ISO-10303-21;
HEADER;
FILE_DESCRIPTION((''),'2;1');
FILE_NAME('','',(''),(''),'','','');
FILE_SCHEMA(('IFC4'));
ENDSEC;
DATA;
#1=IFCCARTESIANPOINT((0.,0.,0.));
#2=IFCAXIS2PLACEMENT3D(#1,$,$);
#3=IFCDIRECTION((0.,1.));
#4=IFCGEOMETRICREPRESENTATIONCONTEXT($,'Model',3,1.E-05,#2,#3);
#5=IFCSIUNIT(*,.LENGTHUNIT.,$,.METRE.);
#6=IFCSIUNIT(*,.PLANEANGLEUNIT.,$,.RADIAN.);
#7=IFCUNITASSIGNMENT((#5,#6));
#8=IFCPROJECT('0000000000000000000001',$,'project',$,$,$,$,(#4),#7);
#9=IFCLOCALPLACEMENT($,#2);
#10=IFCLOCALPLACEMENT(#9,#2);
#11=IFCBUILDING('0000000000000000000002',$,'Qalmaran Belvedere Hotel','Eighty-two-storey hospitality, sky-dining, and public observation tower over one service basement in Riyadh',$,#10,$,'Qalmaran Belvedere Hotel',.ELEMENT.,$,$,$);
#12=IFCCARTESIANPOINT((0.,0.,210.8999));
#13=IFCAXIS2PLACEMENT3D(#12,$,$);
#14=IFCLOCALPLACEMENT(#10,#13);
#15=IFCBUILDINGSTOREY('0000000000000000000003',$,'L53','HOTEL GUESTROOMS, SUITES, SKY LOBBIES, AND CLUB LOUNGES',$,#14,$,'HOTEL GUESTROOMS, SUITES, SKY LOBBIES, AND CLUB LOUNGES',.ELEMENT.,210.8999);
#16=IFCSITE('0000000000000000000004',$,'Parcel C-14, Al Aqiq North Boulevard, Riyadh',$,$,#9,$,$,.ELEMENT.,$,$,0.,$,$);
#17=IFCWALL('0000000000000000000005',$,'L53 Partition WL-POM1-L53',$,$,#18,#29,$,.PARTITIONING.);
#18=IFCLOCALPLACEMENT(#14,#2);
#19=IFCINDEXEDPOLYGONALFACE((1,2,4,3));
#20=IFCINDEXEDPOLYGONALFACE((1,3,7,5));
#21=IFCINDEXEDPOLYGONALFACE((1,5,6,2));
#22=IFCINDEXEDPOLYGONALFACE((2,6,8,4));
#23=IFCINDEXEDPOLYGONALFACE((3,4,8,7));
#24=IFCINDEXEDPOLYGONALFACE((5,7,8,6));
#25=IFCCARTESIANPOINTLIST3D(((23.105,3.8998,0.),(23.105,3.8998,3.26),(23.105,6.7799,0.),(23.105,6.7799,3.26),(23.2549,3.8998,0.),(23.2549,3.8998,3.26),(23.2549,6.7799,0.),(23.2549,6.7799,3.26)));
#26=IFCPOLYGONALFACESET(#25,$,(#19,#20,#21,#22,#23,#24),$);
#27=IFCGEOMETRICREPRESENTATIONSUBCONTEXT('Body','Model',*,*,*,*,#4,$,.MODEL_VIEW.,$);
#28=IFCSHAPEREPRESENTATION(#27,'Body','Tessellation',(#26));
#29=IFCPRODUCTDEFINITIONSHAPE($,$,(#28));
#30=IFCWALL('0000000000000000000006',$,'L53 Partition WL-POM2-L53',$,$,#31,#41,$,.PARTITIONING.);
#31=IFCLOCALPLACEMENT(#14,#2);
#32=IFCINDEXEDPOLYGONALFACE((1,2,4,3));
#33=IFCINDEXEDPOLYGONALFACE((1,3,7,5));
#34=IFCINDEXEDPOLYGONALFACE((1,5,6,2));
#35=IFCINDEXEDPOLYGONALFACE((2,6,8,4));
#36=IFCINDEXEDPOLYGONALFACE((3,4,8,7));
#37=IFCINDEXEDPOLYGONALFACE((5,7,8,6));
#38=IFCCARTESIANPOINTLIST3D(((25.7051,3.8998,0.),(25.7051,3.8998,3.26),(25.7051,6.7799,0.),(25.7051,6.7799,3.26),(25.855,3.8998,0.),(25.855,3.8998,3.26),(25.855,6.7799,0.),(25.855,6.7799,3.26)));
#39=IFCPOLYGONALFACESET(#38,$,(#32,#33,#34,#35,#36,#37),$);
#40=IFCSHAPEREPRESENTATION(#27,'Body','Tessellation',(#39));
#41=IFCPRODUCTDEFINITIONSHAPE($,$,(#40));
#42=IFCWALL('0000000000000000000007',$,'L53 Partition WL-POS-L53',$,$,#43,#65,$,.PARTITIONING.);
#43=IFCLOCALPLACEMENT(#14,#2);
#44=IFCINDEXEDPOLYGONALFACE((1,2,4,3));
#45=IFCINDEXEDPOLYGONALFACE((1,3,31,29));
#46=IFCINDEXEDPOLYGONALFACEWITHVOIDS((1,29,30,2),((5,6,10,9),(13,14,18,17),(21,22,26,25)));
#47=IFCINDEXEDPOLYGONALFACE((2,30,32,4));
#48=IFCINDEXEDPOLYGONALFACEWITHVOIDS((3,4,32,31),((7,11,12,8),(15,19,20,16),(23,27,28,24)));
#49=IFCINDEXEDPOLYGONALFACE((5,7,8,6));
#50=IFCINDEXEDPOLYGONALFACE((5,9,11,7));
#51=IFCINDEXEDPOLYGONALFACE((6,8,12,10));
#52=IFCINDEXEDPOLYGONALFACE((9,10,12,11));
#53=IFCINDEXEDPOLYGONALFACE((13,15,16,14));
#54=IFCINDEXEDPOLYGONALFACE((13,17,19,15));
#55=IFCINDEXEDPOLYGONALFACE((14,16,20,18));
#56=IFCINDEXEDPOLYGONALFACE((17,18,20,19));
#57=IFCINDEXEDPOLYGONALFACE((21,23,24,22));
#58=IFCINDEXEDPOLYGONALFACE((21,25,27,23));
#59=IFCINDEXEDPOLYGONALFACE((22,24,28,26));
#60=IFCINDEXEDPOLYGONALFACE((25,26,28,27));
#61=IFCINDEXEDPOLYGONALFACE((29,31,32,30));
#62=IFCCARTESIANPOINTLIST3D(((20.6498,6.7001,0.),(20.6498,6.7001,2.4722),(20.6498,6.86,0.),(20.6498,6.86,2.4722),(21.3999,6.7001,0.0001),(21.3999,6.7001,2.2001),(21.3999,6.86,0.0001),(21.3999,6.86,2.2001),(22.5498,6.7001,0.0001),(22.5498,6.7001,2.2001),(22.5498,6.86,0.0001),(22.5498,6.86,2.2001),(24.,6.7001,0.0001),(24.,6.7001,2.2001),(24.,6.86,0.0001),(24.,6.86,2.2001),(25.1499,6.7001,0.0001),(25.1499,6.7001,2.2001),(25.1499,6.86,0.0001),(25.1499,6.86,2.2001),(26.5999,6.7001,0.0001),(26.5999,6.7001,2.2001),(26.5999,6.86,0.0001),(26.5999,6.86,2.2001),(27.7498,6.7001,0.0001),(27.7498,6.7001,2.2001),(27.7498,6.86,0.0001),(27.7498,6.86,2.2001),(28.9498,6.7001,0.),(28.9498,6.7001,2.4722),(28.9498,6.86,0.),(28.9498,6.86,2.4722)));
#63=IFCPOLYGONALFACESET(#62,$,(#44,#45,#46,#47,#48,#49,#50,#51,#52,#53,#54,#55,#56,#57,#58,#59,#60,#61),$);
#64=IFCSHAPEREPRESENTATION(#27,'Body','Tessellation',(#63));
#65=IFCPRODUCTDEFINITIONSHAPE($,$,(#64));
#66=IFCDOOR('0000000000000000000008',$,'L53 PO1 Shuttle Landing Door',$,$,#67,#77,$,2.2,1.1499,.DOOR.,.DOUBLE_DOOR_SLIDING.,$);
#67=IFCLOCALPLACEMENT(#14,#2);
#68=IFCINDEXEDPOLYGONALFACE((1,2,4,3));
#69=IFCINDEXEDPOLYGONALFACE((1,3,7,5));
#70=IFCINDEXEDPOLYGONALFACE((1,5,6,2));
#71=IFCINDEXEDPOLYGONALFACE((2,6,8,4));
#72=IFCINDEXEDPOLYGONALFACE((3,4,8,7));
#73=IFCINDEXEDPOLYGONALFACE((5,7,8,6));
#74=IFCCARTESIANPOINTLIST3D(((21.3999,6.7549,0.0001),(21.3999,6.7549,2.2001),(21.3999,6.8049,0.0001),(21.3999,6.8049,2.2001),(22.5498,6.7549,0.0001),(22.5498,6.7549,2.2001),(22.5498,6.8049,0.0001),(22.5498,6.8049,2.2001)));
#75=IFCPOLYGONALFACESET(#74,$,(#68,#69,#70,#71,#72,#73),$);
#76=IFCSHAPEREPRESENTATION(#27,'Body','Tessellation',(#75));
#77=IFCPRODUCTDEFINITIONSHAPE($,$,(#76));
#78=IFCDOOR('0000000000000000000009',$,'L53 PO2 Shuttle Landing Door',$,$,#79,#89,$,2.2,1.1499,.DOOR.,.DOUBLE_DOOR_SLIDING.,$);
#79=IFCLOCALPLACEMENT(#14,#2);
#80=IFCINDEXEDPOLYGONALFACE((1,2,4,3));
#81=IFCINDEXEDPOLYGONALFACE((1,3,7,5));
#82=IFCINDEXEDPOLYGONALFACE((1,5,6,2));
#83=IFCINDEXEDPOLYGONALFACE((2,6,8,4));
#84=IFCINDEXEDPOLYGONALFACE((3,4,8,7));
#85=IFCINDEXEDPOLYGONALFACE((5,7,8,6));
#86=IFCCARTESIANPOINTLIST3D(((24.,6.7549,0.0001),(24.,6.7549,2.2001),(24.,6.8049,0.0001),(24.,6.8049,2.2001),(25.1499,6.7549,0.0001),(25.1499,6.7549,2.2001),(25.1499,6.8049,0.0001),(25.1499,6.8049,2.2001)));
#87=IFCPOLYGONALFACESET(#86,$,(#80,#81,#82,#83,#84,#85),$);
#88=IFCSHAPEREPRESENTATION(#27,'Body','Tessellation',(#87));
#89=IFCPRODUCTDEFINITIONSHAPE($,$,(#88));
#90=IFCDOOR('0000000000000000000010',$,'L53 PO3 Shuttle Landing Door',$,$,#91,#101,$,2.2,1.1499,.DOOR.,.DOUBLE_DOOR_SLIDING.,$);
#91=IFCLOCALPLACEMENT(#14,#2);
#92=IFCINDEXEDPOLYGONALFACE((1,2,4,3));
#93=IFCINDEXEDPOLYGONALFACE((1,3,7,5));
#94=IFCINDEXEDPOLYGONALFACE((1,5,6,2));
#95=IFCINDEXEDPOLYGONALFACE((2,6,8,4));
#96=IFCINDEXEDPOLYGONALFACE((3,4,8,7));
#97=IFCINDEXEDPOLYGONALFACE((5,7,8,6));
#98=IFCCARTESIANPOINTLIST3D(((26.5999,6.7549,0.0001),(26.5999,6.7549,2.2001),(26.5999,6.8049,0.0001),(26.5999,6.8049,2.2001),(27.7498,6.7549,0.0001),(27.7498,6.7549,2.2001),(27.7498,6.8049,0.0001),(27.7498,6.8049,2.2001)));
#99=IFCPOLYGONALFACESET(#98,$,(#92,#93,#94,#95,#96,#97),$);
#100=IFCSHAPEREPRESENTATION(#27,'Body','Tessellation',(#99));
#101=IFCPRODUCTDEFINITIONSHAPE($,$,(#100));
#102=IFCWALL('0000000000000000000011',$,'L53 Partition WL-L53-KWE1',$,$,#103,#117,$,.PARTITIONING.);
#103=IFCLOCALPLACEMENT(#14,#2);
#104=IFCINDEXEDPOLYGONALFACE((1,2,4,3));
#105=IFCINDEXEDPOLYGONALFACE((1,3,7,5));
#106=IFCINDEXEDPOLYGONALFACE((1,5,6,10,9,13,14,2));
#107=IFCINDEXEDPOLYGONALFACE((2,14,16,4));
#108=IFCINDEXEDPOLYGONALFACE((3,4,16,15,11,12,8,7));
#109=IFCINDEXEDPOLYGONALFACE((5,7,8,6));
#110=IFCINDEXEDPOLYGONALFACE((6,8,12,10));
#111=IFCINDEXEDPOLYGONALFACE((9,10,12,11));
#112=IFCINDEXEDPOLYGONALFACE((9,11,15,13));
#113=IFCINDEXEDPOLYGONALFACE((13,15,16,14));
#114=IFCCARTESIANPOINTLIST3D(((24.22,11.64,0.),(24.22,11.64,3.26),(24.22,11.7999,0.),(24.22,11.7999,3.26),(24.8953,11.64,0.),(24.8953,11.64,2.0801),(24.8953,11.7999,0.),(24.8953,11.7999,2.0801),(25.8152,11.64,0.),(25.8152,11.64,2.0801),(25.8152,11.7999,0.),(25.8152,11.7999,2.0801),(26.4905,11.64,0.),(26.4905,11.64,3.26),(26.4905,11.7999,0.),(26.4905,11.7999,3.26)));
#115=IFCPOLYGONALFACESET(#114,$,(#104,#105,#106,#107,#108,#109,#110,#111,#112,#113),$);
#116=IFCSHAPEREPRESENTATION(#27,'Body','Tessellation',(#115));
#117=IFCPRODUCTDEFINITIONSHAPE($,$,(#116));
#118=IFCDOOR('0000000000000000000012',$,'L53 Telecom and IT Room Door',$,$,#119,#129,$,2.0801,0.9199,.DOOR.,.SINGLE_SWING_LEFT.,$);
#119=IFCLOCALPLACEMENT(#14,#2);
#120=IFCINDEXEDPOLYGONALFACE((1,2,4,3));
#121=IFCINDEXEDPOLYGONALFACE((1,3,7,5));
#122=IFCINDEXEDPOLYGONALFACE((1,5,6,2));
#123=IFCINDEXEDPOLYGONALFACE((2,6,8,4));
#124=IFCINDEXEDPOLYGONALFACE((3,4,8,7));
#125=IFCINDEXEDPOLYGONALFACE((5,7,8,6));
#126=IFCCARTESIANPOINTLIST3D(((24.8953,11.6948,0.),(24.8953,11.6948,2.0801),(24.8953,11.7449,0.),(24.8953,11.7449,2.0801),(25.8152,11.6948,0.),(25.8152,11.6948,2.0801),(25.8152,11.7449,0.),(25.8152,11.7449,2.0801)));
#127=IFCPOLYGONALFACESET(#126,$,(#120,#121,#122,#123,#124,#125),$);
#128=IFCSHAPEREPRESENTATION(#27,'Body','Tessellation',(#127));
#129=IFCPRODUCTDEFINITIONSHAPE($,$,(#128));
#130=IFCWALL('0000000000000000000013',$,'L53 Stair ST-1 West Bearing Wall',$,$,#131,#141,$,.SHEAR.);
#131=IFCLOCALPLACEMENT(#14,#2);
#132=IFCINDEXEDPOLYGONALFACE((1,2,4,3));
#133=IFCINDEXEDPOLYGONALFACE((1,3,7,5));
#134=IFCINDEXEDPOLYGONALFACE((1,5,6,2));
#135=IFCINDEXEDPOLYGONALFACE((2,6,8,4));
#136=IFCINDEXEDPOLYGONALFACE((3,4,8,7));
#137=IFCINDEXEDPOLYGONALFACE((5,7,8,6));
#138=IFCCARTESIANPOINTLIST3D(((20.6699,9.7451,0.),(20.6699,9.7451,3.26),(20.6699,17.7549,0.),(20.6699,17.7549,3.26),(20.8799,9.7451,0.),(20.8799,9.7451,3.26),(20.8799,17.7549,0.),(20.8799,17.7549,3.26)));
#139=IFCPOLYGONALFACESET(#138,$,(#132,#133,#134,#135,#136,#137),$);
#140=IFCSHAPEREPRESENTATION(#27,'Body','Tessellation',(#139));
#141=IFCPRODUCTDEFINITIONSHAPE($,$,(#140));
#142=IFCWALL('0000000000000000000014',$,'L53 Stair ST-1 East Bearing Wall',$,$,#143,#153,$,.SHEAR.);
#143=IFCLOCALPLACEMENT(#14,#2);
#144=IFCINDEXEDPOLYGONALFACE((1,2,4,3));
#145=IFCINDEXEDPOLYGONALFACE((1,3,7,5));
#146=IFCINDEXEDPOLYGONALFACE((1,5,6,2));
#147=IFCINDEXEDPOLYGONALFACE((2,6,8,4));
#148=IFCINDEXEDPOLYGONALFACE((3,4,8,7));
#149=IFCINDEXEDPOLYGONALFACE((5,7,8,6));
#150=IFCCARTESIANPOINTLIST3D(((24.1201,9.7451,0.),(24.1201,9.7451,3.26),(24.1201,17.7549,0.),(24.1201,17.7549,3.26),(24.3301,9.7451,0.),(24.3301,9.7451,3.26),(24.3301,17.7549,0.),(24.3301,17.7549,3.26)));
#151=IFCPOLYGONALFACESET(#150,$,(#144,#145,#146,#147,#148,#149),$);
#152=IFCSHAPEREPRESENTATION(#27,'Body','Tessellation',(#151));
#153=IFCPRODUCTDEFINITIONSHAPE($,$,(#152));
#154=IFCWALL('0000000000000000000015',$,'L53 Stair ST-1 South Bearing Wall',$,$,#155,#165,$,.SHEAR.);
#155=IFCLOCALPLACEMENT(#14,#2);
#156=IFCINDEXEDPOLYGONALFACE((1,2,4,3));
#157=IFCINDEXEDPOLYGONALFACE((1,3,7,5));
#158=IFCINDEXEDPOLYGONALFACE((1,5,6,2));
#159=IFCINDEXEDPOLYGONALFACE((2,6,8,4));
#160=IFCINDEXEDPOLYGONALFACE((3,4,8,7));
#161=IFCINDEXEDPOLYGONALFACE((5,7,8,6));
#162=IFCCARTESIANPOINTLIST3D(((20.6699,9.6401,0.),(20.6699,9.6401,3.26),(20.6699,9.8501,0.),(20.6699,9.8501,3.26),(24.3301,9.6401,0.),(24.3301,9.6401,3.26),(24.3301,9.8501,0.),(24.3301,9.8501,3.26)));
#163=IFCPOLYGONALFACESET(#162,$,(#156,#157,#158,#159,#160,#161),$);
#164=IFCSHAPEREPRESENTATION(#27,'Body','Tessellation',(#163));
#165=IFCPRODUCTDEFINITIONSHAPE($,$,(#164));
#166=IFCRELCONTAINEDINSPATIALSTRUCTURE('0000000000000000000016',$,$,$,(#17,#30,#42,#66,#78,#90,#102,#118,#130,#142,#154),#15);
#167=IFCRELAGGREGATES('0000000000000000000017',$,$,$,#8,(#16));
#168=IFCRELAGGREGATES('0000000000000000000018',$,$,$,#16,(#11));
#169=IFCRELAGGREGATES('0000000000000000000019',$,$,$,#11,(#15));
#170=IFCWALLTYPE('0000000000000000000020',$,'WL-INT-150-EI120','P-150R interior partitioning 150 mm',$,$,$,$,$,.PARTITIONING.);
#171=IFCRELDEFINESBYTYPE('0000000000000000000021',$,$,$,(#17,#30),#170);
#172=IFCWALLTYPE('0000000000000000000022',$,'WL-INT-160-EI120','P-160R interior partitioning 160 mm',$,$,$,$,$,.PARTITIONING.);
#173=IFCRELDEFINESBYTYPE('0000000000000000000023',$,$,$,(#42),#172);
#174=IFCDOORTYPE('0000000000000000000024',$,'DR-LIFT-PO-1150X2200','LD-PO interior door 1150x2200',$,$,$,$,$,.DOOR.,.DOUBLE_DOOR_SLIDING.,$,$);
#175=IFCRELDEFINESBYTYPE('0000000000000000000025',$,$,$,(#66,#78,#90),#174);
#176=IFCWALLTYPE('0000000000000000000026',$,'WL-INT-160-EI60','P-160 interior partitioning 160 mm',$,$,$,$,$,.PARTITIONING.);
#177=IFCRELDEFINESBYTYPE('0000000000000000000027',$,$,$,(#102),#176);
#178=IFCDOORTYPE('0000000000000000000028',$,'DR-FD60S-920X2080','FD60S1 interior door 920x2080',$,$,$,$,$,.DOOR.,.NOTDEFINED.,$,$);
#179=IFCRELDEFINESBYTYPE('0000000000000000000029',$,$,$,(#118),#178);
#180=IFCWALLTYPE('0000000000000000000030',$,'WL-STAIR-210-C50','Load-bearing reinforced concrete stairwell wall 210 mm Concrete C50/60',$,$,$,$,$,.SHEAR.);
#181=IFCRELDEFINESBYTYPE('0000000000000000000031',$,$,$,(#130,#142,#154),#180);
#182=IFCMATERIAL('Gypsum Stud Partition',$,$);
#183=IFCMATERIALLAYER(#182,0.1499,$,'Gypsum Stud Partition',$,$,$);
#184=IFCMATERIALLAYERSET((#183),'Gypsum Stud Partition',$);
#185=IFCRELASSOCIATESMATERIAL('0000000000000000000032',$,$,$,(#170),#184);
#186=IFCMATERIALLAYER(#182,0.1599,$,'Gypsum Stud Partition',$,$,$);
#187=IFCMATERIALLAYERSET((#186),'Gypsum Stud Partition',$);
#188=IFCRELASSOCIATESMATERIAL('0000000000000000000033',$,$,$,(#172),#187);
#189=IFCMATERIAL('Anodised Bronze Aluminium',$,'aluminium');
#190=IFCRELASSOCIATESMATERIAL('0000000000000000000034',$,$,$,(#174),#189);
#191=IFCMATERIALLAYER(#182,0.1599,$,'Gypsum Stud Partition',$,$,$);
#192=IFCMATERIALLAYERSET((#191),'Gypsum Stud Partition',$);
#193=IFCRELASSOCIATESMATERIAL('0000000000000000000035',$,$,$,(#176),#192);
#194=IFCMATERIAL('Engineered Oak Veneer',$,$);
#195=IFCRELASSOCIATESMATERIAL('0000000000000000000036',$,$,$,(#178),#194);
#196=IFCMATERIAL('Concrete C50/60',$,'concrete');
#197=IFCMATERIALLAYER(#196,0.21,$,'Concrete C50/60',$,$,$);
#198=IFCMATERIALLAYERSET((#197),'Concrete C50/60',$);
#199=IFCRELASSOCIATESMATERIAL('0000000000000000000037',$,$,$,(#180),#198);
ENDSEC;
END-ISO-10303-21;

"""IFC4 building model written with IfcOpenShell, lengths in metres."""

from ifc_helpers import new_model, si_unit, direction, frame, frame_2d, origin, place, context, subcontext, project, spatial, rectangle, extrude, material, layer, layer_set, type_object, element, fill, save


model = new_model("IFC4")

# Units and contexts
model_context = context("Model", 3, precision=1e-05, world=origin(), true_north=direction((0.0, 1.0)))
body_context = subcontext(model_context, "Body", "Model", "MODEL_VIEW")
ifc_project = project(units=[si_unit("LENGTHUNIT", "METRE"), si_unit("PLANEANGLEUNIT", "RADIAN")], contexts=[model_context])

# Site, building, storey
site_placement = place(None, origin())
site = spatial("IfcSite", under=ifc_project, at=site_placement, Name="Parcel C-14, Al Aqiq North Boulevard, Riyadh", CompositionType="ELEMENT", RefElevation=0.0)
building_placement = place(site_placement, origin())
building = spatial("IfcBuilding", under=site, at=building_placement, Name="Qalmaran Belvedere Hotel", Description="Eighty-two-storey hospitality, sky-dining, and public observation tower over one service basement in Riyadh", LongName="Qalmaran Belvedere Hotel", CompositionType="ELEMENT")
storey_placement = place(building_placement, frame((0.0, 0.0, 210.8999)))
storey = spatial("IfcBuildingStorey", under=building, at=storey_placement, Name="L53", Description="HOTEL GUESTROOMS, SUITES, SKY LOBBIES, AND CLUB LOUNGES", LongName="HOTEL GUESTROOMS, SUITES, SKY LOBBIES, AND CLUB LOUNGES", CompositionType="ELEMENT", Elevation=210.8999)

# Shared definitions
ifc_material_1 = material(Name="Concrete C50/60", Category="concrete")

# Shared definitions
ifc_material_2 = material(Name="Anodised Bronze Aluminium", Category="aluminium")

# Walls
ifc_material_3 = material(Name="Gypsum Stud Partition")
ifc_layer_1 = layer(ifc_material_3, 0.1499, Name="Gypsum Stud Partition")
ifc_layer_set_1 = layer_set([ifc_layer_1], Name="Gypsum Stud Partition")
wall_type_1 = type_object("IfcWallType", Name="WL-INT-150-EI120", Description="P-150R interior partitioning 150 mm", PredefinedType="PARTITIONING", material=ifc_layer_set_1)
for number, where, z_axis, x_axis, name in (
    (1, (23.1799, 3.8999, 0.0), (0.0, 0.0, 1.0), (0.0, 1.0, 0.0), "L53 Partition WL-POM1-L53"),
    (2, (25.78, 3.8999, 0.0), (0.0, 0.0, 1.0), (0.0, 1.0, 0.0), "L53 Partition WL-POM2-L53"),
):
    element("IfcWall", number, at=place(storey_placement, frame(where, z_axis=z_axis, x_axis=x_axis)), inside=storey, type_object=wall_type_1, Name=name, PredefinedType="PARTITIONING", context=body_context, shape_type="SweptSolid", body=[
        extrude(rectangle(XDim=2.8801, YDim=0.1499, at=frame_2d((1.4399, 0.0))), origin(), (0.0, 0.0, 1.0), 3.26),
    ])

# Wall, openings, doors
ifc_layer_2 = layer(ifc_material_3, 0.1599, Name="Gypsum Stud Partition")
ifc_layer_set_2 = layer_set([ifc_layer_2], Name="Gypsum Stud Partition")
wall_type_2 = type_object("IfcWallType", Name="WL-INT-160-EI120", Description="P-160R interior partitioning 160 mm", PredefinedType="PARTITIONING", material=ifc_layer_set_2)
wall_1_placement = place(storey_placement, frame((20.6499, 6.78, 0.0), z_axis=(0.0, 0.0, 1.0), x_axis=(1.0, 0.0, 0.0)))
wall_1 = element("IfcWall", 3, at=wall_1_placement, inside=storey, type_object=wall_type_2, Name="L53 Partition WL-POS-L53", PredefinedType="PARTITIONING", context=body_context, shape_type="SweptSolid", body=[
    extrude(rectangle(XDim=8.3, YDim=0.1599, at=frame_2d((4.1499, 0.0))), origin(), (0.0, 0.0, 1.0), 2.4722),
])
opening_1_placement = place(wall_1_placement, frame((0.75, 0.0, 0.0)))
opening_1 = element("IfcOpeningElement", 4, at=opening_1_placement, cuts=wall_1, PredefinedType="OPENING", context=body_context, shape_type="SweptSolid", body=[
    extrude(rectangle(XDim=1.1499, YDim=2.2, at=frame_2d((0.575, 1.1001))), frame((0.0, 0.0898, 0.0), z_axis=(0.0, -1.0, 0.0), x_axis=(1.0, 0.0, 0.0)), (0.0, 0.0, 1.0), 0.1799),
])
opening_2_placement = place(wall_1_placement, frame((3.3501, 0.0, 0.0)))
opening_2 = element("IfcOpeningElement", 5, at=opening_2_placement, cuts=wall_1, PredefinedType="OPENING", context=body_context, shape_type="SweptSolid", body=[
    extrude(rectangle(XDim=1.1499, YDim=2.2, at=frame_2d((0.575, 1.1001))), frame((0.0, 0.0898, 0.0), z_axis=(0.0, -1.0, 0.0), x_axis=(1.0, 0.0, 0.0)), (0.0, 0.0, 1.0), 0.1799),
])
opening_3_placement = place(wall_1_placement, frame((5.95, 0.0, 0.0)))
opening_3 = element("IfcOpeningElement", 6, at=opening_3_placement, cuts=wall_1, PredefinedType="OPENING", context=body_context, shape_type="SweptSolid", body=[
    extrude(rectangle(XDim=1.1499, YDim=2.2, at=frame_2d((0.575, 1.1001))), frame((0.0, 0.0898, 0.0), z_axis=(0.0, -1.0, 0.0), x_axis=(1.0, 0.0, 0.0)), (0.0, 0.0, 1.0), 0.1799),
])
door_type_1 = type_object("IfcDoorType", Name="DR-LIFT-PO-1150X2200", Description="LD-PO interior door 1150x2200", OperationType="DOUBLE_DOOR_SLIDING", PredefinedType="DOOR", material=ifc_material_2)
door_1_placement = place(opening_1_placement, origin())
door_1 = element("IfcDoor", 7, at=door_1_placement, inside=storey, type_object=door_type_1, Name="L53 PO1 Shuttle Landing Door", OperationType="DOUBLE_DOOR_SLIDING", OverallHeight=2.2, OverallWidth=1.1499, PredefinedType="DOOR", context=body_context, shape_type="SweptSolid", body=[
    extrude(rectangle(XDim=1.1499, YDim=2.2, at=frame_2d((0.575, 1.1001))), frame((0.0, 0.0249, 0.0), z_axis=(0.0, -1.0, 0.0), x_axis=(1.0, 0.0, 0.0)), (0.0, 0.0, 1.0), 0.05),
])
fill(opening_1, door_1)
door_2_placement = place(opening_2_placement, origin())
door_2 = element("IfcDoor", 8, at=door_2_placement, inside=storey, type_object=door_type_1, Name="L53 PO2 Shuttle Landing Door", OperationType="DOUBLE_DOOR_SLIDING", OverallHeight=2.2, OverallWidth=1.1499, PredefinedType="DOOR", context=body_context, shape_type="SweptSolid", body=[
    extrude(rectangle(XDim=1.1499, YDim=2.2, at=frame_2d((0.575, 1.1001))), frame((0.0, 0.0249, 0.0), z_axis=(0.0, -1.0, 0.0), x_axis=(1.0, 0.0, 0.0)), (0.0, 0.0, 1.0), 0.05),
])
fill(opening_2, door_2)
door_3_placement = place(opening_3_placement, origin())
door_3 = element("IfcDoor", 9, at=door_3_placement, inside=storey, type_object=door_type_1, Name="L53 PO3 Shuttle Landing Door", OperationType="DOUBLE_DOOR_SLIDING", OverallHeight=2.2, OverallWidth=1.1499, PredefinedType="DOOR", context=body_context, shape_type="SweptSolid", body=[
    extrude(rectangle(XDim=1.1499, YDim=2.2, at=frame_2d((0.575, 1.1001))), frame((0.0, 0.0249, 0.0), z_axis=(0.0, -1.0, 0.0), x_axis=(1.0, 0.0, 0.0)), (0.0, 0.0, 1.0), 0.05),
])
fill(opening_3, door_3)

# Wall, opening, door
ifc_layer_3 = layer(ifc_material_3, 0.1599, Name="Gypsum Stud Partition")
ifc_layer_set_3 = layer_set([ifc_layer_3], Name="Gypsum Stud Partition")
wall_type_3 = type_object("IfcWallType", Name="WL-INT-160-EI60", Description="P-160 interior partitioning 160 mm", PredefinedType="PARTITIONING", material=ifc_layer_set_3)
wall_2_placement = place(storey_placement, frame((24.22, 11.72, 0.0), z_axis=(0.0, 0.0, 1.0), x_axis=(1.0, 0.0, 0.0)))
wall_2 = element("IfcWall", 10, at=wall_2_placement, inside=storey, type_object=wall_type_3, Name="L53 Partition WL-L53-KWE1", PredefinedType="PARTITIONING", context=body_context, shape_type="SweptSolid", body=[
    extrude(rectangle(XDim=2.2705, YDim=0.1599, at=frame_2d((1.1353, 0.0))), origin(), (0.0, 0.0, 1.0), 3.26),
])
opening_4_placement = place(wall_2_placement, frame((0.6753, 0.0, 0.0)))
opening_4 = element("IfcOpeningElement", 11, at=opening_4_placement, cuts=wall_2, PredefinedType="OPENING", context=body_context, shape_type="SweptSolid", body=[
    extrude(rectangle(XDim=0.9199, YDim=2.0801, at=frame_2d((0.46, 1.04))), frame((0.0, 0.0898, 0.0), z_axis=(0.0, -1.0, 0.0), x_axis=(1.0, 0.0, 0.0)), (0.0, 0.0, 1.0), 0.1799),
])
ifc_material_4 = material(Name="Engineered Oak Veneer")
door_type_2 = type_object("IfcDoorType", Name="DR-FD60S-920X2080", Description="FD60S1 interior door 920x2080", OperationType="NOTDEFINED", PredefinedType="DOOR", material=ifc_material_4)
door_4_placement = place(opening_4_placement, origin())
door_4 = element("IfcDoor", 12, at=door_4_placement, inside=storey, type_object=door_type_2, Name="L53 Telecom and IT Room Door", OperationType="SINGLE_SWING_LEFT", OverallHeight=2.0801, OverallWidth=0.9199, PredefinedType="DOOR", context=body_context, shape_type="SweptSolid", body=[
    extrude(rectangle(XDim=0.9199, YDim=2.0801, at=frame_2d((0.46, 1.04))), frame((0.0, 0.0249, 0.0), z_axis=(0.0, -1.0, 0.0), x_axis=(1.0, 0.0, 0.0)), (0.0, 0.0, 1.0), 0.05),
])
fill(opening_4, door_4)

# Walls
ifc_layer_4 = layer(ifc_material_1, 0.21, Name="Concrete C50/60")
ifc_layer_set_4 = layer_set([ifc_layer_4], Name="Concrete C50/60")
wall_type_4 = type_object("IfcWallType", Name="WL-STAIR-210-C50", Description="Load-bearing reinforced concrete stairwell wall 210 mm Concrete C50/60", PredefinedType="SHEAR", material=ifc_layer_set_4)
for number, where, z_axis, x_axis, name in (
    (13, (20.7749, 9.7451, 0.0), (0.0, 0.0, 1.0), (0.0, 1.0, 0.0), "L53 Stair ST-1 West Bearing Wall"),
    (14, (24.2251, 9.7451, 0.0), (0.0, 0.0, 1.0), (0.0, 1.0, 0.0), "L53 Stair ST-1 East Bearing Wall"),
):
    element("IfcWall", number, at=place(storey_placement, frame(where, z_axis=z_axis, x_axis=x_axis)), inside=storey, type_object=wall_type_4, Name=name, PredefinedType="SHEAR", context=body_context, shape_type="SweptSolid", body=[
        extrude(rectangle(XDim=8.0098, YDim=0.21, at=frame_2d((4.0049, 0.0))), origin(), (0.0, 0.0, 1.0), 3.26),
    ])
wall_3_placement = place(storey_placement, frame((20.6699, 9.7451, 0.0), z_axis=(0.0, 0.0, 1.0), x_axis=(1.0, 0.0, 0.0)))
element("IfcWall", 15, at=wall_3_placement, inside=storey, type_object=wall_type_4, Name="L53 Stair ST-1 South Bearing Wall", PredefinedType="SHEAR", context=body_context, shape_type="SweptSolid", body=[
    extrude(rectangle(XDim=3.6602, YDim=0.21, at=frame_2d((1.8301, 0.0))), origin(), (0.0, 0.0, 1.0), 3.26),
])

save(model, "model.ifc")
